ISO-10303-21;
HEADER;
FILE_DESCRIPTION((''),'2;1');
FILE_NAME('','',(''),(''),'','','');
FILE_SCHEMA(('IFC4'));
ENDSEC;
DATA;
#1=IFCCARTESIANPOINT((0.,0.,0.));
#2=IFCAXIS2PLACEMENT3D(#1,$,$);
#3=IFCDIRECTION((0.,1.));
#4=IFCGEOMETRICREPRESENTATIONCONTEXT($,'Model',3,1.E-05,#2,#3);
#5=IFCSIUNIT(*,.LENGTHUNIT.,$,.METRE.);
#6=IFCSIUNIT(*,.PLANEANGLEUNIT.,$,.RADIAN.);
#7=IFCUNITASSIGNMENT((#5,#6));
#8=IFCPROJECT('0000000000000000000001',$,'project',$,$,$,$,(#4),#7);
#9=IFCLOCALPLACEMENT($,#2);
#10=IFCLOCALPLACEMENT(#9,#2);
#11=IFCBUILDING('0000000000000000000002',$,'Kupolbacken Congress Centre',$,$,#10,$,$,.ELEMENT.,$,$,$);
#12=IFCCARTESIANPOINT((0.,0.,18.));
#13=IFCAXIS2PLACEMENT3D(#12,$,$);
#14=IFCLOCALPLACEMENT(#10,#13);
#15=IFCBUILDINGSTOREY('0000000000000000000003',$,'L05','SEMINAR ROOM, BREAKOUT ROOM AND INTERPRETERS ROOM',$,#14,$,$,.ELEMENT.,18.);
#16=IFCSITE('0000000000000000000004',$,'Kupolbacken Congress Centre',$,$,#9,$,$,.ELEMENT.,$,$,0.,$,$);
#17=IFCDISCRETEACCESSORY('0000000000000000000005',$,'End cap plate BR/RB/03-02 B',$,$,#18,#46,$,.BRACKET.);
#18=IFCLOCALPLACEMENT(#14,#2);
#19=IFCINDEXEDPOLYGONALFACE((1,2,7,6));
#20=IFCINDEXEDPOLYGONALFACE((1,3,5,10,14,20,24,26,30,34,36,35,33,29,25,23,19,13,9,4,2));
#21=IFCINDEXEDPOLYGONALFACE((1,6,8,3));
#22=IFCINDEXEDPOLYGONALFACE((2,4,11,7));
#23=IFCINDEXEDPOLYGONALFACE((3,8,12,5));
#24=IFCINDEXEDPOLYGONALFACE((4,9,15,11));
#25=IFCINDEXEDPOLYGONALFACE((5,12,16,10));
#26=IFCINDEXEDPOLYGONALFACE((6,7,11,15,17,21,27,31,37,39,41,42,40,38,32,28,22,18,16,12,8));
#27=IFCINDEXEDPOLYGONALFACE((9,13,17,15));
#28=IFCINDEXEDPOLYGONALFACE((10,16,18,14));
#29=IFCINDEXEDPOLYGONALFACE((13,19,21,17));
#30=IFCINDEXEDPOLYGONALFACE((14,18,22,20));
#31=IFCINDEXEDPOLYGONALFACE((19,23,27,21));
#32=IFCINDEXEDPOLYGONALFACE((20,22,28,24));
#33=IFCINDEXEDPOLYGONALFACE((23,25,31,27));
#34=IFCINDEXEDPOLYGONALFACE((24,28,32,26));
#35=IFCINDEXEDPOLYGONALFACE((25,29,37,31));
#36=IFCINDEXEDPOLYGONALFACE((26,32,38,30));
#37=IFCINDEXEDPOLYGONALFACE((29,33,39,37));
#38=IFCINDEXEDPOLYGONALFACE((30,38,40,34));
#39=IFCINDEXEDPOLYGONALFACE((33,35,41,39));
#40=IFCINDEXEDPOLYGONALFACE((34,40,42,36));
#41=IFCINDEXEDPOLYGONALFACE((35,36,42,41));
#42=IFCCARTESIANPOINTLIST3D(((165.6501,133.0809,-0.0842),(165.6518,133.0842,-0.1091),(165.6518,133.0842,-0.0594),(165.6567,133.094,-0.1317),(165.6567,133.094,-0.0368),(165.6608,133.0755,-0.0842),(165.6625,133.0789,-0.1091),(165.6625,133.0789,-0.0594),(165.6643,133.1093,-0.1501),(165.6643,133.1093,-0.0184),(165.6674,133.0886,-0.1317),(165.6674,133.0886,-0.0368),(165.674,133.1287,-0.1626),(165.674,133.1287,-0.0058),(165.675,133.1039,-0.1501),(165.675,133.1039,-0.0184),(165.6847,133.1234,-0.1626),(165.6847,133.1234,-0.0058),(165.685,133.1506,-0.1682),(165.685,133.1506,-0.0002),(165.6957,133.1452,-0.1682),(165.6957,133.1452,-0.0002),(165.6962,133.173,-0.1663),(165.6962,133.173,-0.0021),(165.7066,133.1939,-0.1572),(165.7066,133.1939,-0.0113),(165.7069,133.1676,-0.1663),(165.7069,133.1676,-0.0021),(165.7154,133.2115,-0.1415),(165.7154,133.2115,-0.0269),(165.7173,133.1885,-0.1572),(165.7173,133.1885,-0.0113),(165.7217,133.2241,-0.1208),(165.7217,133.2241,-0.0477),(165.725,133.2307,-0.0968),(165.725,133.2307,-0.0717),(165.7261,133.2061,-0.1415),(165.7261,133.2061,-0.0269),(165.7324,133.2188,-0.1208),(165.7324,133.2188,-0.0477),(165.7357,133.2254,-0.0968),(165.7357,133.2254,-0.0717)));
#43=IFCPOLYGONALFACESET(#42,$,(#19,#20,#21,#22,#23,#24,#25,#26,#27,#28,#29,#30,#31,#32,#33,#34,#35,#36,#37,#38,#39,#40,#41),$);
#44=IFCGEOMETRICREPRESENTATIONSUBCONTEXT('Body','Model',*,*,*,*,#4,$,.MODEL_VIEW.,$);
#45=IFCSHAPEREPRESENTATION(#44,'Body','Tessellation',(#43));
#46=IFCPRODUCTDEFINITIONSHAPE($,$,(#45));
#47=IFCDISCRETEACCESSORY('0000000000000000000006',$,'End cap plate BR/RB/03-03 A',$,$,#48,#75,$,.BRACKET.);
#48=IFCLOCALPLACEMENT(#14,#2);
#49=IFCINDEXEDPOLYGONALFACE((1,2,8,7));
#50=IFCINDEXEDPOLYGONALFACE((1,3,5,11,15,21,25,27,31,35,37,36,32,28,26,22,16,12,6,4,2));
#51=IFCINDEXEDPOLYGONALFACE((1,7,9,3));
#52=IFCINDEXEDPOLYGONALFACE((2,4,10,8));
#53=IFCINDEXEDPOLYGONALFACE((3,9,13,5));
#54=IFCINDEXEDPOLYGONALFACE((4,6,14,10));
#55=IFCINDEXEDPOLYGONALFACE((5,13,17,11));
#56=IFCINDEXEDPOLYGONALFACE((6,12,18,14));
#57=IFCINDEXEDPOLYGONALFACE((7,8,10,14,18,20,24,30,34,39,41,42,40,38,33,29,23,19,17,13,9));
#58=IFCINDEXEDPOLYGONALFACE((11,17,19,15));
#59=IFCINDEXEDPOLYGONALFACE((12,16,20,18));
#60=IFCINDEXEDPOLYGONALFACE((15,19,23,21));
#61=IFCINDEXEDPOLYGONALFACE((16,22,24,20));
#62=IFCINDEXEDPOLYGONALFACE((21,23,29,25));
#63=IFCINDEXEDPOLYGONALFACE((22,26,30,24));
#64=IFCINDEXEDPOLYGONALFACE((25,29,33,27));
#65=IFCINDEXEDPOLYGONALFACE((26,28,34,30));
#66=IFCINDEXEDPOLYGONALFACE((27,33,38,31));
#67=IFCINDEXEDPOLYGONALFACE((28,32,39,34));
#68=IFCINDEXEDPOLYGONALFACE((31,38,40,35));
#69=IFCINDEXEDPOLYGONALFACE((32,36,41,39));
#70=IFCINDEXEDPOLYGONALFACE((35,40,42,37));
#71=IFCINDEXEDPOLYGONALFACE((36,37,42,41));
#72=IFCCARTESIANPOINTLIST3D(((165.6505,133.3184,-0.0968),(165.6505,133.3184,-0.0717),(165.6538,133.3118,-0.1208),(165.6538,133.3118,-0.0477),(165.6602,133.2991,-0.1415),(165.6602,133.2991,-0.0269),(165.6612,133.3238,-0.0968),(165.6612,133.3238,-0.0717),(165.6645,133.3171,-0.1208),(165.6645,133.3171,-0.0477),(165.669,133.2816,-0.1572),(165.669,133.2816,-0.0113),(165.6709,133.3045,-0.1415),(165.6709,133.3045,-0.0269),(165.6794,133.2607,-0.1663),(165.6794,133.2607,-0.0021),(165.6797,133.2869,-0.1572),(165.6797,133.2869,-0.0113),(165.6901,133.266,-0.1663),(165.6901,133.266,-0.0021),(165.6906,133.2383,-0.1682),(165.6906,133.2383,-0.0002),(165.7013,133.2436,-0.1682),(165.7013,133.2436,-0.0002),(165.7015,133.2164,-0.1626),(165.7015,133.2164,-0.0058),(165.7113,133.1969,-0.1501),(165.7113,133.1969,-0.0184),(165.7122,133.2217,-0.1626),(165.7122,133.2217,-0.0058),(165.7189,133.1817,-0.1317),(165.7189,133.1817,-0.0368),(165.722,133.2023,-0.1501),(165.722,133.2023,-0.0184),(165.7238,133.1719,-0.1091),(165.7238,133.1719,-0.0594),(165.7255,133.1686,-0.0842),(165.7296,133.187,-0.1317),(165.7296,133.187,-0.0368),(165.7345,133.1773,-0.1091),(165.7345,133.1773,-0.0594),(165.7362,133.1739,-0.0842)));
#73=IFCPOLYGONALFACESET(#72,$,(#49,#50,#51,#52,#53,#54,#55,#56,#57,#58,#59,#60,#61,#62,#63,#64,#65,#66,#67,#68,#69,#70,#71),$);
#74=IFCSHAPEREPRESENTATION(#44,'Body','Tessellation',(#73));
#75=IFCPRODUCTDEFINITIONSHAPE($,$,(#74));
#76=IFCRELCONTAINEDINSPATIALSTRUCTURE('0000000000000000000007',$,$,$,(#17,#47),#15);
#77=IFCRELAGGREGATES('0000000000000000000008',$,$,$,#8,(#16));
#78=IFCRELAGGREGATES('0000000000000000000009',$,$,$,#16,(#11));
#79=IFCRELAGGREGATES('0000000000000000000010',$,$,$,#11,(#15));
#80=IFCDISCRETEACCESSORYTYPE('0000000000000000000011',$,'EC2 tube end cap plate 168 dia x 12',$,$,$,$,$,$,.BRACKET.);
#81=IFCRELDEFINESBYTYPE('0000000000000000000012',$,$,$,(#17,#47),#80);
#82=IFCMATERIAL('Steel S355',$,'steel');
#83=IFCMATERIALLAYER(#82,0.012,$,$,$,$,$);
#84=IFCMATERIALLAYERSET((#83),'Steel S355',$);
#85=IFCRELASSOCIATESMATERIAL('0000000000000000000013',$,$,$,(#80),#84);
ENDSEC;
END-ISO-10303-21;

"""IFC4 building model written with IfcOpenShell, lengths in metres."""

from ifc_helpers import new_model, si_unit, direction, frame, origin, origin_2d, place, context, subcontext, project, spatial, circle, extrude, material, layer, layer_set, type_object, element, save


model = new_model("IFC4")

# Units and contexts
model_context = context("Model", 3, precision=1e-05, world=origin(), true_north=direction((0.0, 1.0)))
body_context = subcontext(model_context, "Body", "Model", "MODEL_VIEW")
ifc_project = project(units=[si_unit("LENGTHUNIT", "METRE"), si_unit("PLANEANGLEUNIT", "RADIAN")], contexts=[model_context])

# Site, building, storey
site_placement = place(None, origin())
site = spatial("IfcSite", under=ifc_project, at=site_placement, Name="Kupolbacken Congress Centre", CompositionType="ELEMENT", RefElevation=0.0)
building_placement = place(site_placement, origin())
building = spatial("IfcBuilding", under=site, at=building_placement, Name="Kupolbacken Congress Centre", CompositionType="ELEMENT")
storey_placement = place(building_placement, frame((0.0, 0.0, 18.0)))
storey = spatial("IfcBuildingStorey", under=building, at=storey_placement, Name="L05", Description="SEMINAR ROOM, BREAKOUT ROOM AND INTERPRETERS ROOM", CompositionType="ELEMENT", Elevation=18.0)

# Discrete accessories
ifc_material_1 = material(Name="Steel S355", Category="steel")
ifc_layer_1 = layer(ifc_material_1, 0.012)
ifc_layer_set_1 = layer_set([ifc_layer_1], Name="Steel S355")
discrete_accessory_type = type_object("IfcDiscreteAccessoryType", Name="EC2 tube end cap plate 168 dia x 12", PredefinedType="BRACKET", material=ifc_layer_set_1)
for number, where, z_axis, x_axis, name in (
    (1, (165.6985, 133.1509, -0.0842), (-0.894427, 0.447214, 0.0), (-0.447214, -0.894427, 0.0), "End cap plate BR/RB/03-02 B"),
    (2, (165.6985, 133.2493, -0.0842), (-0.894427, -0.447214, 0.0), (0.447214, -0.894427, 0.0), "End cap plate BR/RB/03-03 A"),
):
    element("IfcDiscreteAccessory", number, at=place(storey_placement, frame(where, z_axis=z_axis, x_axis=x_axis)), inside=storey, type_object=discrete_accessory_type, Name=name, PredefinedType="BRACKET", context=body_context, shape_type="SweptSolid", body=[
        extrude(circle(Radius=0.0842, at=origin_2d()), origin(), (0.0, 0.0, 1.0), 0.012),
    ])

save(model, "model.ifc")
